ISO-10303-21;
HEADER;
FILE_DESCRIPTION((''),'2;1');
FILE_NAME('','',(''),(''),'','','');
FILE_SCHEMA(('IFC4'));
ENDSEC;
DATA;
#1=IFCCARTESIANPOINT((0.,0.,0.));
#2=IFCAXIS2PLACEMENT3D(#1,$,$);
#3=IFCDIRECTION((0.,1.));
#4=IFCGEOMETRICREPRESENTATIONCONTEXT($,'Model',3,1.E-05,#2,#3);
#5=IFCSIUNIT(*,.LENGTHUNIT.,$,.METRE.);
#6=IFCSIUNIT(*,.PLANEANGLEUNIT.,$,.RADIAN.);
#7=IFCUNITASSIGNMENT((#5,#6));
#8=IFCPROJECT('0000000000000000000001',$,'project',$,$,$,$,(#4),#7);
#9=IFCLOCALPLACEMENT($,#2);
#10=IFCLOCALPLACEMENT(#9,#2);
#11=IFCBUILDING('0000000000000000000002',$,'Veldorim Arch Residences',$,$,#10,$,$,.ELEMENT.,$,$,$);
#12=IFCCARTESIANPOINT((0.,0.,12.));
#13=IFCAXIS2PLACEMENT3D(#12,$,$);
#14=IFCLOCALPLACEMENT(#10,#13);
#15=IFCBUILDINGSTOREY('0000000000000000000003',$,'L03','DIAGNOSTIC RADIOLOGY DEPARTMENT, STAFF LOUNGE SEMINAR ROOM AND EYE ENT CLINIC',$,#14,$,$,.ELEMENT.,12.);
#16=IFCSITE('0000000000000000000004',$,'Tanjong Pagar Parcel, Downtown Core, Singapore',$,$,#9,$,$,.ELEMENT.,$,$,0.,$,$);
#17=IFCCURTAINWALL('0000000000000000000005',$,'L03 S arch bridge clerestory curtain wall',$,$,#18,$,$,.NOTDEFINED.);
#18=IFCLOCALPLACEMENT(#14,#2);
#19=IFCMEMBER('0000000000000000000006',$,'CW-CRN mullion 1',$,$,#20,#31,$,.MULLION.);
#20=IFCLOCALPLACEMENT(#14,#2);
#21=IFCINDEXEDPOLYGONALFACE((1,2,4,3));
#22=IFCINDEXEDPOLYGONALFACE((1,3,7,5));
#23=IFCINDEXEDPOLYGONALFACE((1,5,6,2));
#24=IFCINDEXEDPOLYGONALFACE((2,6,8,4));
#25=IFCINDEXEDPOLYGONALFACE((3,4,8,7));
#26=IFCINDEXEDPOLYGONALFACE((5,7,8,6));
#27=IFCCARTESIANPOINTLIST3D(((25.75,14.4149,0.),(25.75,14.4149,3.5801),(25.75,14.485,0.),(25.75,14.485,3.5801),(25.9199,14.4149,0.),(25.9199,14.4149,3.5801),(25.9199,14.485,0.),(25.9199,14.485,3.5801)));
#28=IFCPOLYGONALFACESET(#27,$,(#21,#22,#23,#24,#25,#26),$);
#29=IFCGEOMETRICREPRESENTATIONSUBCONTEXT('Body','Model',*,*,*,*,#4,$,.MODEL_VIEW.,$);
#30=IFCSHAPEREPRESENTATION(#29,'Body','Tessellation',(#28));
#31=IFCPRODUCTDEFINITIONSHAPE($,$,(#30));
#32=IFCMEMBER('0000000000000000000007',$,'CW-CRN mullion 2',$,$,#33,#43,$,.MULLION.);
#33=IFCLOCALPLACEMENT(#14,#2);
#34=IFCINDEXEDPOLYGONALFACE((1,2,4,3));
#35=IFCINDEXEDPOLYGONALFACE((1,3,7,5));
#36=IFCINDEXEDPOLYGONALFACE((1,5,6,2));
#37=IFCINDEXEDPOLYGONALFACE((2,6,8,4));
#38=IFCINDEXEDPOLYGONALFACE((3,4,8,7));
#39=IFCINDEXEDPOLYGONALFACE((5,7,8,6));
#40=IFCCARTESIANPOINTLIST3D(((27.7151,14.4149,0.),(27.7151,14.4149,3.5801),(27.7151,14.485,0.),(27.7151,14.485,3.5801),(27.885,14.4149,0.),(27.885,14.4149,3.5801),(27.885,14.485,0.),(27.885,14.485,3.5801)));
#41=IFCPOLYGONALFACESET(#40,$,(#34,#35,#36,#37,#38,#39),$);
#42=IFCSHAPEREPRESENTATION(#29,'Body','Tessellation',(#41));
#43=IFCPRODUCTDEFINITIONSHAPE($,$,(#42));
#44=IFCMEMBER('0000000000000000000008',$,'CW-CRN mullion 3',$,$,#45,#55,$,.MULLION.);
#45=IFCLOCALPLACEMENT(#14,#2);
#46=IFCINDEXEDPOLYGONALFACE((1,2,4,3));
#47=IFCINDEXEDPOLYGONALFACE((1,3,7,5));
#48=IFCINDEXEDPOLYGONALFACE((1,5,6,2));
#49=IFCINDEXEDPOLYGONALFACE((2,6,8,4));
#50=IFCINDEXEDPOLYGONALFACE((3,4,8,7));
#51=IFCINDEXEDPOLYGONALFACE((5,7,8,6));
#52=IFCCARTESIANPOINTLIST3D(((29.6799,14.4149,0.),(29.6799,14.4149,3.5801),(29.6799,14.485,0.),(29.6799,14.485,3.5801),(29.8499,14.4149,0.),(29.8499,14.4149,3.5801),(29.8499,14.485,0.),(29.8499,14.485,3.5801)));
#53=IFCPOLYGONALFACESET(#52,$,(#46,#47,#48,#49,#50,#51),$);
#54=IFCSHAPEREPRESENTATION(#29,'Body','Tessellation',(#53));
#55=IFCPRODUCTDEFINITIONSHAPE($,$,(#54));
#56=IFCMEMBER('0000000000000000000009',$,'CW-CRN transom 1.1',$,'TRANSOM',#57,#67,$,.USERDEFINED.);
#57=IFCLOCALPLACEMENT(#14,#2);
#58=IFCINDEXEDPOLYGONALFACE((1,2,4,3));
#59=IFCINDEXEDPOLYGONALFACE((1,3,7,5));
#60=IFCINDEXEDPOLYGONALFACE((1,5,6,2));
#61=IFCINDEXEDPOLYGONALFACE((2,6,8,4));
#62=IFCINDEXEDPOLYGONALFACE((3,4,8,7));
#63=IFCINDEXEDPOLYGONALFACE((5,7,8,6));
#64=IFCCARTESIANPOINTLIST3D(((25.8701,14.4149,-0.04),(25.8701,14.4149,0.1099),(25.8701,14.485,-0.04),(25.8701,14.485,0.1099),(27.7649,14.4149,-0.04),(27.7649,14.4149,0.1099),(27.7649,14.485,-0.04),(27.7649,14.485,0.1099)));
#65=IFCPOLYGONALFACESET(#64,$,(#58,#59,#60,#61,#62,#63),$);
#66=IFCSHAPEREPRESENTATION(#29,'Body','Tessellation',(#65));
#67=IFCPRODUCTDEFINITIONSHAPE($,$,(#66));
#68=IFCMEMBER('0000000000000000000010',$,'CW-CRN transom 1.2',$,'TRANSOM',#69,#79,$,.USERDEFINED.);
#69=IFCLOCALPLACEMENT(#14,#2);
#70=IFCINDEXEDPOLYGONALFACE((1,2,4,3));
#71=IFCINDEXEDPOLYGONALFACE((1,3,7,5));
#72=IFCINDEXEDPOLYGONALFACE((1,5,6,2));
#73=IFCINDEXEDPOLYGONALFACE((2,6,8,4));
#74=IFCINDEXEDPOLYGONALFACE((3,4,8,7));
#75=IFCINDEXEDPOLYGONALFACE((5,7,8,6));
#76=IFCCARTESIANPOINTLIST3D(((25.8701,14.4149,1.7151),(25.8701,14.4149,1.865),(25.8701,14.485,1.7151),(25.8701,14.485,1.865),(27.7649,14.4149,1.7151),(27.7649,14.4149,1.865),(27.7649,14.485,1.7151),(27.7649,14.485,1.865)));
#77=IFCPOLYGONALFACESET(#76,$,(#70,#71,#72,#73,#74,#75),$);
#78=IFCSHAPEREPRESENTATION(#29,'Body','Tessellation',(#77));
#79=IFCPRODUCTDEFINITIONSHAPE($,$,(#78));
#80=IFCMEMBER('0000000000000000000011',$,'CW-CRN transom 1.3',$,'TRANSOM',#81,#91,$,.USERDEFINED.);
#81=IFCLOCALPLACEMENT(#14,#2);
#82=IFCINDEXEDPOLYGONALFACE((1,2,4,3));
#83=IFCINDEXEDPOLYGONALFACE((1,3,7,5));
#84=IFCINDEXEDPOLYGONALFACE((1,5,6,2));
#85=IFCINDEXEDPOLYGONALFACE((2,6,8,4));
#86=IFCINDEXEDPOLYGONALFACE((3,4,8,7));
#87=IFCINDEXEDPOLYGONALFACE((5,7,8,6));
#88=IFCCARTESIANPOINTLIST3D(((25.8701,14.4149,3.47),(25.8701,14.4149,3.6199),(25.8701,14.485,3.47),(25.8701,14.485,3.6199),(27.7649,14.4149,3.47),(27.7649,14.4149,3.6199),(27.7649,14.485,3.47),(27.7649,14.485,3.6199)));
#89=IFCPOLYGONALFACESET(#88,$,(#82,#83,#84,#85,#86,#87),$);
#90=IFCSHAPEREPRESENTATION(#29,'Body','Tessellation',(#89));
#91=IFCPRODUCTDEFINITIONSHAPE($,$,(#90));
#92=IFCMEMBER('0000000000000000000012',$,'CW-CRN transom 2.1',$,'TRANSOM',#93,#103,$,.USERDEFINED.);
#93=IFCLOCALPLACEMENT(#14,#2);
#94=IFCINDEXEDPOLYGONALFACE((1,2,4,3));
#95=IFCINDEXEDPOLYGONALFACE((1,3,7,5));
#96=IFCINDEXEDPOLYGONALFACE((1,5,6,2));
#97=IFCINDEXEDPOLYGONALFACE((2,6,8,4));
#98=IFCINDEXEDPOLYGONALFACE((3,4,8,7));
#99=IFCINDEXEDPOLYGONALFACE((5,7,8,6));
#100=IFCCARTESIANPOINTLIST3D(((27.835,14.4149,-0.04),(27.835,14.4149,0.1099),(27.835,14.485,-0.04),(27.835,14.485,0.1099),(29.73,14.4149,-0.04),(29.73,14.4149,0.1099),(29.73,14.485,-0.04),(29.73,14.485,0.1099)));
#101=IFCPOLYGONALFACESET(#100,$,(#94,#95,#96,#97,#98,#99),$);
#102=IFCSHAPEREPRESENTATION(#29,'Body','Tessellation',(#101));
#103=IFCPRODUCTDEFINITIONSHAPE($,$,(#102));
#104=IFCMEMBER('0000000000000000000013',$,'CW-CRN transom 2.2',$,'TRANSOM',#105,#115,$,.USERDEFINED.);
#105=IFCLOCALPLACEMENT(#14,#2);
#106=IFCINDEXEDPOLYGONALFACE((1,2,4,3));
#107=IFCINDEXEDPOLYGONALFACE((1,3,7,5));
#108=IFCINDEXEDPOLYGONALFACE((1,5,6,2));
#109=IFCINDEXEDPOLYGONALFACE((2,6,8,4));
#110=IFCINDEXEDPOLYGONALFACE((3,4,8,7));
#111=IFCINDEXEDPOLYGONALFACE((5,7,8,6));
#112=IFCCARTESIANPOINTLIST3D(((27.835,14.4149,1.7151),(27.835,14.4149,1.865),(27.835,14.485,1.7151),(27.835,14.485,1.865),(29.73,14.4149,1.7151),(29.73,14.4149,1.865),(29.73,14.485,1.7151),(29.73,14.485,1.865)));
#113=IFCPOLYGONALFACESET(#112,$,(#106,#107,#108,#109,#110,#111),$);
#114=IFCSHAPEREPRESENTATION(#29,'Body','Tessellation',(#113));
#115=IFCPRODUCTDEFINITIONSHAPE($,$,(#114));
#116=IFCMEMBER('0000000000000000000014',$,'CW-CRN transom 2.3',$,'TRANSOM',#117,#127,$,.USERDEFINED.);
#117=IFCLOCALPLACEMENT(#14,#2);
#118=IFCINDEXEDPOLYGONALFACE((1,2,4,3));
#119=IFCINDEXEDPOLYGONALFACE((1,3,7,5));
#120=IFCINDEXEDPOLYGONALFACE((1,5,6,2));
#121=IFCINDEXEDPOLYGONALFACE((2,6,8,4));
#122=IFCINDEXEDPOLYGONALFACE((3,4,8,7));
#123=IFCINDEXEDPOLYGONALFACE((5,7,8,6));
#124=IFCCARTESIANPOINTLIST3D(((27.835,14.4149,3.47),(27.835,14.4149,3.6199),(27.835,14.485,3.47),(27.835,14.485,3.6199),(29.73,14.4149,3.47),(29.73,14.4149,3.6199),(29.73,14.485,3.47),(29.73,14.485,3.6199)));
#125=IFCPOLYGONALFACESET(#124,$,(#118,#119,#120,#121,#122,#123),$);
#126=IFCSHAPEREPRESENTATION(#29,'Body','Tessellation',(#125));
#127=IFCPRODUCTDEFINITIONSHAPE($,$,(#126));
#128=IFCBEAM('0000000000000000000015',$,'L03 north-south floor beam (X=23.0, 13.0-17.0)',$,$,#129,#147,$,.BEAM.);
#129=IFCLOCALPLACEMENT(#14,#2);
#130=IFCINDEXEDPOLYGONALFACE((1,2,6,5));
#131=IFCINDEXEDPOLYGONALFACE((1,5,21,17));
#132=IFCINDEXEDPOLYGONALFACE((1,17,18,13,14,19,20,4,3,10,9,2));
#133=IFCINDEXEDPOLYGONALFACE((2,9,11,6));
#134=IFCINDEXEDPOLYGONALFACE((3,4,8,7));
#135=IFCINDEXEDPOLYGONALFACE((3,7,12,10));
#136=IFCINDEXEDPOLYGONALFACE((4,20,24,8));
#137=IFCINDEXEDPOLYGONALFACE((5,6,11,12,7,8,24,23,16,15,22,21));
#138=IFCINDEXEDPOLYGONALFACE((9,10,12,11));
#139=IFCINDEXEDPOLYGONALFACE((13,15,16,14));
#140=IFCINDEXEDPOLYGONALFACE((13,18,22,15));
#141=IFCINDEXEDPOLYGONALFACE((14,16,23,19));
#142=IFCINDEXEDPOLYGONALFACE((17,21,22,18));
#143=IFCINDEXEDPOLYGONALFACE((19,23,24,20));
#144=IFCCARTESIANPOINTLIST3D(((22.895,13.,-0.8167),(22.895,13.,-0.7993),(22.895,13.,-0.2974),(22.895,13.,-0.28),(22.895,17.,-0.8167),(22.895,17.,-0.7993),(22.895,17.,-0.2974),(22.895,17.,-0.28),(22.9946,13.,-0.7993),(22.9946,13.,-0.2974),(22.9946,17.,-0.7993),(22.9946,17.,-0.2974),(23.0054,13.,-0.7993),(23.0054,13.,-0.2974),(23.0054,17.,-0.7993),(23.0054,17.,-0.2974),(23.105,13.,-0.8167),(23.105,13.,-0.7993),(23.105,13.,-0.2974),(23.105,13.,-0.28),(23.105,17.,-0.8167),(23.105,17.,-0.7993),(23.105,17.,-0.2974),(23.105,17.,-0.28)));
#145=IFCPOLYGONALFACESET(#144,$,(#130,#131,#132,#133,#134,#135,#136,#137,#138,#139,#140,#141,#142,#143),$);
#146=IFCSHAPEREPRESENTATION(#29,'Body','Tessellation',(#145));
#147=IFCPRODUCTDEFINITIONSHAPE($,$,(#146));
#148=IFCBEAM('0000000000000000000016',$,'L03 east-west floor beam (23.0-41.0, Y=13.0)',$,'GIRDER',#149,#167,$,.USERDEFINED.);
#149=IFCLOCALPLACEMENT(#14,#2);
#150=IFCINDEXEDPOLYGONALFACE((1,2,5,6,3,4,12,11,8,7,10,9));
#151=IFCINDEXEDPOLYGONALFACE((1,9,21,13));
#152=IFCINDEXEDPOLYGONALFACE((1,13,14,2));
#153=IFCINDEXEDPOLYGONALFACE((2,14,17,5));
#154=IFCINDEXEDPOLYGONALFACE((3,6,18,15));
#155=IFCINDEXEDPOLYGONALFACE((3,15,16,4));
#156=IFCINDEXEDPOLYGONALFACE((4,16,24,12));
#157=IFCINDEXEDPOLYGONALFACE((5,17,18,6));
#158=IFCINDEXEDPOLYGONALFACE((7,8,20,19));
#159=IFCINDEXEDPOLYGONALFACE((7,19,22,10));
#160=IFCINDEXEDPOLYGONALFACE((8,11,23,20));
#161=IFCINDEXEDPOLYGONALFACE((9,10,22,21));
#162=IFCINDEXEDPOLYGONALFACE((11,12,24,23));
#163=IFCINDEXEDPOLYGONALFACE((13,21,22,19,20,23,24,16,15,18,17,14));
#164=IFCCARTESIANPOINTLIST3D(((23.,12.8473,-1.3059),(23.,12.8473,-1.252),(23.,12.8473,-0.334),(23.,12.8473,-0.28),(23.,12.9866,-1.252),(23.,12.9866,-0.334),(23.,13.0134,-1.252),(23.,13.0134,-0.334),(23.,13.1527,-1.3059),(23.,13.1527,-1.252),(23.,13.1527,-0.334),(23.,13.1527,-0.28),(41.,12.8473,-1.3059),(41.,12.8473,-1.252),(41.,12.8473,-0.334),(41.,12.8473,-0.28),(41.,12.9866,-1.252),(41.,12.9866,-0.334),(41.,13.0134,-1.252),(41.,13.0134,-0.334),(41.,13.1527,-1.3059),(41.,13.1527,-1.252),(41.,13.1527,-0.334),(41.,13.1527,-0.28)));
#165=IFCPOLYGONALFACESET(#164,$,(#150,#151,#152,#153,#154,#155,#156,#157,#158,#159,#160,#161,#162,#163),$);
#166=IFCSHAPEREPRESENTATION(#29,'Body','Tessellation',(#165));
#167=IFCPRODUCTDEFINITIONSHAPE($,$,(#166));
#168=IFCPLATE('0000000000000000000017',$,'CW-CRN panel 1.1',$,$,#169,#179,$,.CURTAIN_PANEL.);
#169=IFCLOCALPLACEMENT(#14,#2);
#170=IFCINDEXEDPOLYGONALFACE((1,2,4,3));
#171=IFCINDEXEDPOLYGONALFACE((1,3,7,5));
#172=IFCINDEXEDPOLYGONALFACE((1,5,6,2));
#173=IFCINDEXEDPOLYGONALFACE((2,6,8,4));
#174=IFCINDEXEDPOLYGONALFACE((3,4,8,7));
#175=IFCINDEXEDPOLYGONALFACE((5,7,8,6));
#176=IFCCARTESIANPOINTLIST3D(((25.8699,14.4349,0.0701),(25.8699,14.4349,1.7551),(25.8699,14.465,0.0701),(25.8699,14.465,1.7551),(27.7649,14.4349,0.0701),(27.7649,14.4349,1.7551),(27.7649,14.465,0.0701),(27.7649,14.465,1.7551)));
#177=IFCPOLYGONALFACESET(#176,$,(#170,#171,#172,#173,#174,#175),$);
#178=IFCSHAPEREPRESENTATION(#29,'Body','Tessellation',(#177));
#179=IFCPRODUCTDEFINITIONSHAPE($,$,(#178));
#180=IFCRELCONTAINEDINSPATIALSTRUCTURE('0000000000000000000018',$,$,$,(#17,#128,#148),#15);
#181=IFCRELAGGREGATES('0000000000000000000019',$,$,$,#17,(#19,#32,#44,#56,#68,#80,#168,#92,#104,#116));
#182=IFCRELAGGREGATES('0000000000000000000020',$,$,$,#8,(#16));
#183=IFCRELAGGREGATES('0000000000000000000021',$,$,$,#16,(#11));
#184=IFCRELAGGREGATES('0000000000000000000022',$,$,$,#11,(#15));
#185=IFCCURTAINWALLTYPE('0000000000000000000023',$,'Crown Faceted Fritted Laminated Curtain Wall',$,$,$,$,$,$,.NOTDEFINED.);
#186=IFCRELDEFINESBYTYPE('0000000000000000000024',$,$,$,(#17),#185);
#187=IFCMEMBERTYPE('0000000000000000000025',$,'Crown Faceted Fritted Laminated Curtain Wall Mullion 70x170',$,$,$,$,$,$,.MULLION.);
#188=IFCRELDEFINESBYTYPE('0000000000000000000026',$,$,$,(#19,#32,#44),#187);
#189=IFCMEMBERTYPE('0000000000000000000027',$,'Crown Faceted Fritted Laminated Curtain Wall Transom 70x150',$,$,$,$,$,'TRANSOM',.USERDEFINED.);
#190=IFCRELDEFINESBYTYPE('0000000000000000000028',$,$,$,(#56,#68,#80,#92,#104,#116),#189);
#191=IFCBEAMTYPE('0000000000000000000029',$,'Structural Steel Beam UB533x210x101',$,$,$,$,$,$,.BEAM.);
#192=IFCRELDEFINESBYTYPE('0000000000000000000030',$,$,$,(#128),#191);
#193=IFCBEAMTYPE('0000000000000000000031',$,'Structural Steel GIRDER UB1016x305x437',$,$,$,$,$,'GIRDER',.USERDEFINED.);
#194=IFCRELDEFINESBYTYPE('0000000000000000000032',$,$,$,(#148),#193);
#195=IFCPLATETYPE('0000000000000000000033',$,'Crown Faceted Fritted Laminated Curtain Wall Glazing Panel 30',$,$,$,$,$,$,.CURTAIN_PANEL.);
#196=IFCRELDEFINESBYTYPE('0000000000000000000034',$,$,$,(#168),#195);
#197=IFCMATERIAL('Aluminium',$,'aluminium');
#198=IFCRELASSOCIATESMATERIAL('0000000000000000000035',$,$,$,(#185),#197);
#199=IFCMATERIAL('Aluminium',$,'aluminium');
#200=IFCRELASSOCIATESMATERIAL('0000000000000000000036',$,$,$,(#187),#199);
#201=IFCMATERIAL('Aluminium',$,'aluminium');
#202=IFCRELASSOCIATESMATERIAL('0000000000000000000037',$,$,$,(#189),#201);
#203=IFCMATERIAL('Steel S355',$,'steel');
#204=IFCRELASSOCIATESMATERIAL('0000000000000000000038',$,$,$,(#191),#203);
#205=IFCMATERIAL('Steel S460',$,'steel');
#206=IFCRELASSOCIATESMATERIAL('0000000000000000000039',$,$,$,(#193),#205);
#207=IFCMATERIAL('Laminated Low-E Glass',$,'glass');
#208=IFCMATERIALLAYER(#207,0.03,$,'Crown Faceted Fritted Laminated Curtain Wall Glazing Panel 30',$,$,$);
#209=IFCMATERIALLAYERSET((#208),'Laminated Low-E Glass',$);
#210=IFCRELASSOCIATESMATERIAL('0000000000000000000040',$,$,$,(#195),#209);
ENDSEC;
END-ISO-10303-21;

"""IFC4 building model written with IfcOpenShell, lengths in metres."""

from ifc_helpers import new_model, si_unit, direction, frame, origin, origin_2d, place, context, subcontext, project, spatial, rectangle, i_section, extrude, material, layer, layer_set, material_profile, profile_set, type_object, element, aggregate, save


model = new_model("IFC4")

# Units and contexts
model_context = context("Model", 3, precision=1e-05, world=origin(), true_north=direction((0.0, 1.0)))
body_context = subcontext(model_context, "Body", "Model", "MODEL_VIEW")
ifc_project = project(units=[si_unit("LENGTHUNIT", "METRE"), si_unit("PLANEANGLEUNIT", "RADIAN")], contexts=[model_context])

# Site, building, storey
site_placement = place(None, origin())
site = spatial("IfcSite", under=ifc_project, at=site_placement, Name="Tanjong Pagar Parcel, Downtown Core, Singapore", CompositionType="ELEMENT", RefElevation=0.0)
building_placement = place(site_placement, origin())
building = spatial("IfcBuilding", under=site, at=building_placement, Name="Veldorim Arch Residences", CompositionType="ELEMENT")
storey_placement = place(building_placement, frame((0.0, 0.0, 12.0)))
storey = spatial("IfcBuildingStorey", under=building, at=storey_placement, Name="L03", Description="DIAGNOSTIC RADIOLOGY DEPARTMENT, STAFF LOUNGE SEMINAR ROOM AND EYE ENT CLINIC", CompositionType="ELEMENT", Elevation=12.0)

# Curtain wall, members
ifc_material_1 = material(Name="Aluminium", Category="aluminium")
curtain_wall_type = type_object("IfcCurtainWallType", Name="Crown Faceted Fritted Laminated Curtain Wall", PredefinedType="NOTDEFINED", material=ifc_material_1)
curtain_wall_placement = place(storey_placement, origin())
curtain_wall = element("IfcCurtainWall", 1, at=curtain_wall_placement, inside=storey, type_object=curtain_wall_type, Name="L03 S arch bridge clerestory curtain wall", PredefinedType="NOTDEFINED")
ifc_material_2 = material(Name="Aluminium", Category="aluminium")
ifc_material_profile_1 = material_profile(ifc_material_2, rectangle(XDim=0.0701, YDim=0.1699, at=origin_2d()), Name="ALU_MUL_70x170")
ifc_profile_set_1 = profile_set([ifc_material_profile_1], Name="Aluminium")
member_type_1 = type_object("IfcMemberType", Name="Crown Faceted Fritted Laminated Curtain Wall Mullion 70x170", PredefinedType="MULLION", material=ifc_profile_set_1)
member_1_placement = place(storey_placement, frame((25.835, 14.45, 0.0), z_axis=(0.0, 0.0, 1.0), x_axis=(0.0, 1.0, 0.0)))
member_1 = element("IfcMember", 2, at=member_1_placement, type_object=member_type_1, Name="CW-CRN mullion 1", PredefinedType="MULLION", context=body_context, shape_type="SweptSolid", body=[
    extrude(rectangle(XDim=0.0701, YDim=0.1699, at=origin_2d()), origin(), (0.0, 0.0, 1.0), 3.5801),
])
member_2_placement = place(storey_placement, frame((27.8, 14.45, 0.0), z_axis=(0.0, 0.0, 1.0), x_axis=(0.0, 1.0, 0.0)))
member_2 = element("IfcMember", 3, at=member_2_placement, type_object=member_type_1, Name="CW-CRN mullion 2", PredefinedType="MULLION", context=body_context, shape_type="SweptSolid", body=[
    extrude(rectangle(XDim=0.0701, YDim=0.1699, at=origin_2d()), origin(), (0.0, 0.0, 1.0), 3.5801),
])
member_3_placement = place(storey_placement, frame((29.7649, 14.45, 0.0), z_axis=(0.0, 0.0, 1.0), x_axis=(0.0, 1.0, 0.0)))
member_3 = element("IfcMember", 4, at=member_3_placement, type_object=member_type_1, Name="CW-CRN mullion 3", PredefinedType="MULLION", context=body_context, shape_type="SweptSolid", body=[
    extrude(rectangle(XDim=0.0701, YDim=0.1699, at=origin_2d()), origin(), (0.0, 0.0, 1.0), 3.5801),
])
ifc_material_3 = material(Name="Aluminium", Category="aluminium")
ifc_material_profile_2 = material_profile(ifc_material_3, rectangle(XDim=0.0701, YDim=0.1499, at=origin_2d()), Name="ALU_TRN_70x150")
ifc_profile_set_2 = profile_set([ifc_material_profile_2], Name="Aluminium")
member_type_2 = type_object("IfcMemberType", Name="Crown Faceted Fritted Laminated Curtain Wall Transom 70x150", ElementType="TRANSOM", PredefinedType="USERDEFINED", material=ifc_profile_set_2)
member_4_placement = place(storey_placement, frame((25.8701, 14.45, 0.0349), z_axis=(1.0, 0.0, 0.0), x_axis=(0.0, 1.0, 0.0)))
member_4 = element("IfcMember", 5, at=member_4_placement, type_object=member_type_2, Name="CW-CRN transom 1.1", ObjectType="TRANSOM", PredefinedType="USERDEFINED", context=body_context, shape_type="SweptSolid", body=[
    extrude(rectangle(XDim=0.0701, YDim=0.1499, at=origin_2d()), origin(), (0.0, 0.0, 1.0), 1.8948),
])
member_5_placement = place(storey_placement, frame((25.8701, 14.45, 1.79), z_axis=(1.0, 0.0, 0.0), x_axis=(0.0, 1.0, 0.0)))
member_5 = element("IfcMember", 6, at=member_5_placement, type_object=member_type_2, Name="CW-CRN transom 1.2", ObjectType="TRANSOM", PredefinedType="USERDEFINED", context=body_context, shape_type="SweptSolid", body=[
    extrude(rectangle(XDim=0.0701, YDim=0.1499, at=origin_2d()), origin(), (0.0, 0.0, 1.0), 1.8948),
])
member_6_placement = place(storey_placement, frame((25.8701, 14.45, 3.5449), z_axis=(1.0, 0.0, 0.0), x_axis=(0.0, 1.0, 0.0)))
member_6 = element("IfcMember", 7, at=member_6_placement, type_object=member_type_2, Name="CW-CRN transom 1.3", ObjectType="TRANSOM", PredefinedType="USERDEFINED", context=body_context, shape_type="SweptSolid", body=[
    extrude(rectangle(XDim=0.0701, YDim=0.1499, at=origin_2d()), origin(), (0.0, 0.0, 1.0), 1.8948),
])
member_7_placement = place(storey_placement, frame((27.835, 14.45, 0.0349), z_axis=(1.0, 0.0, 0.0), x_axis=(0.0, 1.0, 0.0)))
member_7 = element("IfcMember", 8, at=member_7_placement, type_object=member_type_2, Name="CW-CRN transom 2.1", ObjectType="TRANSOM", PredefinedType="USERDEFINED", context=body_context, shape_type="SweptSolid", body=[
    extrude(rectangle(XDim=0.0701, YDim=0.1499, at=origin_2d()), origin(), (0.0, 0.0, 1.0), 1.895),
])
member_8_placement = place(storey_placement, frame((27.835, 14.45, 1.79), z_axis=(1.0, 0.0, 0.0), x_axis=(0.0, 1.0, 0.0)))
member_8 = element("IfcMember", 9, at=member_8_placement, type_object=member_type_2, Name="CW-CRN transom 2.2", ObjectType="TRANSOM", PredefinedType="USERDEFINED", context=body_context, shape_type="SweptSolid", body=[
    extrude(rectangle(XDim=0.0701, YDim=0.1499, at=origin_2d()), origin(), (0.0, 0.0, 1.0), 1.895),
])
member_9_placement = place(storey_placement, frame((27.835, 14.45, 3.5449), z_axis=(1.0, 0.0, 0.0), x_axis=(0.0, 1.0, 0.0)))
member_9 = element("IfcMember", 10, at=member_9_placement, type_object=member_type_2, Name="CW-CRN transom 2.3", ObjectType="TRANSOM", PredefinedType="USERDEFINED", context=body_context, shape_type="SweptSolid", body=[
    extrude(rectangle(XDim=0.0701, YDim=0.1499, at=origin_2d()), origin(), (0.0, 0.0, 1.0), 1.895),
])

# Beams
ifc_material_4 = material(Name="Steel S355", Category="steel")
ifc_material_profile_3 = material_profile(ifc_material_4, i_section(OverallWidth=0.21, OverallDepth=0.5366, WebThickness=0.0107, FlangeThickness=0.0173, at=origin_2d()), Name="UB533x210x101")
ifc_profile_set_3 = profile_set([ifc_material_profile_3], Name="Steel S355")
beam_type_1 = type_object("IfcBeamType", Name="Structural Steel Beam UB533x210x101", PredefinedType="BEAM", material=ifc_profile_set_3)
beam_1_placement = place(storey_placement, frame((23.0, 13.0, -0.5483), z_axis=(0.0, 1.0, 0.0), x_axis=(-1.0, 0.0, 0.0)))
element("IfcBeam", 11, at=beam_1_placement, inside=storey, type_object=beam_type_1, Name="L03 north-south floor beam (X=23.0, 13.0-17.0)", PredefinedType="BEAM", context=body_context, shape_type="SweptSolid", body=[
    extrude(i_section(OverallWidth=0.21, OverallDepth=0.5366, WebThickness=0.0107, FlangeThickness=0.0173, at=origin_2d()), origin(), (0.0, 0.0, 1.0), 4.0),
])
ifc_material_5 = material(Name="Steel S460", Category="steel")
ifc_material_profile_4 = material_profile(ifc_material_5, i_section(OverallWidth=0.3054, OverallDepth=1.0259, WebThickness=0.0269, FlangeThickness=0.054, at=origin_2d()), Name="UB1016x305x437")
ifc_profile_set_4 = profile_set([ifc_material_profile_4], Name="Steel S460")
beam_type_2 = type_object("IfcBeamType", Name="Structural Steel GIRDER UB1016x305x437", ElementType="GIRDER", PredefinedType="USERDEFINED", material=ifc_profile_set_4)
beam_2_placement = place(storey_placement, frame((23.0, 13.0, -0.793), z_axis=(1.0, 0.0, 0.0), x_axis=(0.0, 1.0, 0.0)))
element("IfcBeam", 12, at=beam_2_placement, inside=storey, type_object=beam_type_2, Name="L03 east-west floor beam (23.0-41.0, Y=13.0)", ObjectType="GIRDER", PredefinedType="USERDEFINED", context=body_context, shape_type="SweptSolid", body=[
    extrude(i_section(OverallWidth=0.3054, OverallDepth=1.0259, WebThickness=0.0269, FlangeThickness=0.054, at=origin_2d()), origin(), (0.0, 0.0, 1.0), 18.0),
])

# Plate
ifc_material_6 = material(Name="Laminated Low-E Glass", Category="glass")
ifc_layer_1 = layer(ifc_material_6, 0.03, Name="Crown Faceted Fritted Laminated Curtain Wall Glazing Panel 30")
ifc_layer_set_1 = layer_set([ifc_layer_1], Name="Laminated Low-E Glass")
plate_type = type_object("IfcPlateType", Name="Crown Faceted Fritted Laminated Curtain Wall Glazing Panel 30", PredefinedType="CURTAIN_PANEL", material=ifc_layer_set_1)
plate_1_placement = place(storey_placement, frame((26.8174, 14.45, 0.0701), z_axis=(0.0, 0.0, 1.0), x_axis=(1.0, 0.0, 0.0)))
plate_1 = element("IfcPlate", 13, at=plate_1_placement, type_object=plate_type, Name="CW-CRN panel 1.1", PredefinedType="CURTAIN_PANEL", context=body_context, shape_type="SweptSolid", body=[
    extrude(rectangle(XDim=1.895, YDim=0.03, at=origin_2d()), origin(), (0.0, 0.0, 1.0), 1.6851),
])
aggregate(curtain_wall, [member_1, member_2, member_3, member_4, member_5, member_6, plate_1, member_7, member_8, member_9])

save(model, "model.ifc")
